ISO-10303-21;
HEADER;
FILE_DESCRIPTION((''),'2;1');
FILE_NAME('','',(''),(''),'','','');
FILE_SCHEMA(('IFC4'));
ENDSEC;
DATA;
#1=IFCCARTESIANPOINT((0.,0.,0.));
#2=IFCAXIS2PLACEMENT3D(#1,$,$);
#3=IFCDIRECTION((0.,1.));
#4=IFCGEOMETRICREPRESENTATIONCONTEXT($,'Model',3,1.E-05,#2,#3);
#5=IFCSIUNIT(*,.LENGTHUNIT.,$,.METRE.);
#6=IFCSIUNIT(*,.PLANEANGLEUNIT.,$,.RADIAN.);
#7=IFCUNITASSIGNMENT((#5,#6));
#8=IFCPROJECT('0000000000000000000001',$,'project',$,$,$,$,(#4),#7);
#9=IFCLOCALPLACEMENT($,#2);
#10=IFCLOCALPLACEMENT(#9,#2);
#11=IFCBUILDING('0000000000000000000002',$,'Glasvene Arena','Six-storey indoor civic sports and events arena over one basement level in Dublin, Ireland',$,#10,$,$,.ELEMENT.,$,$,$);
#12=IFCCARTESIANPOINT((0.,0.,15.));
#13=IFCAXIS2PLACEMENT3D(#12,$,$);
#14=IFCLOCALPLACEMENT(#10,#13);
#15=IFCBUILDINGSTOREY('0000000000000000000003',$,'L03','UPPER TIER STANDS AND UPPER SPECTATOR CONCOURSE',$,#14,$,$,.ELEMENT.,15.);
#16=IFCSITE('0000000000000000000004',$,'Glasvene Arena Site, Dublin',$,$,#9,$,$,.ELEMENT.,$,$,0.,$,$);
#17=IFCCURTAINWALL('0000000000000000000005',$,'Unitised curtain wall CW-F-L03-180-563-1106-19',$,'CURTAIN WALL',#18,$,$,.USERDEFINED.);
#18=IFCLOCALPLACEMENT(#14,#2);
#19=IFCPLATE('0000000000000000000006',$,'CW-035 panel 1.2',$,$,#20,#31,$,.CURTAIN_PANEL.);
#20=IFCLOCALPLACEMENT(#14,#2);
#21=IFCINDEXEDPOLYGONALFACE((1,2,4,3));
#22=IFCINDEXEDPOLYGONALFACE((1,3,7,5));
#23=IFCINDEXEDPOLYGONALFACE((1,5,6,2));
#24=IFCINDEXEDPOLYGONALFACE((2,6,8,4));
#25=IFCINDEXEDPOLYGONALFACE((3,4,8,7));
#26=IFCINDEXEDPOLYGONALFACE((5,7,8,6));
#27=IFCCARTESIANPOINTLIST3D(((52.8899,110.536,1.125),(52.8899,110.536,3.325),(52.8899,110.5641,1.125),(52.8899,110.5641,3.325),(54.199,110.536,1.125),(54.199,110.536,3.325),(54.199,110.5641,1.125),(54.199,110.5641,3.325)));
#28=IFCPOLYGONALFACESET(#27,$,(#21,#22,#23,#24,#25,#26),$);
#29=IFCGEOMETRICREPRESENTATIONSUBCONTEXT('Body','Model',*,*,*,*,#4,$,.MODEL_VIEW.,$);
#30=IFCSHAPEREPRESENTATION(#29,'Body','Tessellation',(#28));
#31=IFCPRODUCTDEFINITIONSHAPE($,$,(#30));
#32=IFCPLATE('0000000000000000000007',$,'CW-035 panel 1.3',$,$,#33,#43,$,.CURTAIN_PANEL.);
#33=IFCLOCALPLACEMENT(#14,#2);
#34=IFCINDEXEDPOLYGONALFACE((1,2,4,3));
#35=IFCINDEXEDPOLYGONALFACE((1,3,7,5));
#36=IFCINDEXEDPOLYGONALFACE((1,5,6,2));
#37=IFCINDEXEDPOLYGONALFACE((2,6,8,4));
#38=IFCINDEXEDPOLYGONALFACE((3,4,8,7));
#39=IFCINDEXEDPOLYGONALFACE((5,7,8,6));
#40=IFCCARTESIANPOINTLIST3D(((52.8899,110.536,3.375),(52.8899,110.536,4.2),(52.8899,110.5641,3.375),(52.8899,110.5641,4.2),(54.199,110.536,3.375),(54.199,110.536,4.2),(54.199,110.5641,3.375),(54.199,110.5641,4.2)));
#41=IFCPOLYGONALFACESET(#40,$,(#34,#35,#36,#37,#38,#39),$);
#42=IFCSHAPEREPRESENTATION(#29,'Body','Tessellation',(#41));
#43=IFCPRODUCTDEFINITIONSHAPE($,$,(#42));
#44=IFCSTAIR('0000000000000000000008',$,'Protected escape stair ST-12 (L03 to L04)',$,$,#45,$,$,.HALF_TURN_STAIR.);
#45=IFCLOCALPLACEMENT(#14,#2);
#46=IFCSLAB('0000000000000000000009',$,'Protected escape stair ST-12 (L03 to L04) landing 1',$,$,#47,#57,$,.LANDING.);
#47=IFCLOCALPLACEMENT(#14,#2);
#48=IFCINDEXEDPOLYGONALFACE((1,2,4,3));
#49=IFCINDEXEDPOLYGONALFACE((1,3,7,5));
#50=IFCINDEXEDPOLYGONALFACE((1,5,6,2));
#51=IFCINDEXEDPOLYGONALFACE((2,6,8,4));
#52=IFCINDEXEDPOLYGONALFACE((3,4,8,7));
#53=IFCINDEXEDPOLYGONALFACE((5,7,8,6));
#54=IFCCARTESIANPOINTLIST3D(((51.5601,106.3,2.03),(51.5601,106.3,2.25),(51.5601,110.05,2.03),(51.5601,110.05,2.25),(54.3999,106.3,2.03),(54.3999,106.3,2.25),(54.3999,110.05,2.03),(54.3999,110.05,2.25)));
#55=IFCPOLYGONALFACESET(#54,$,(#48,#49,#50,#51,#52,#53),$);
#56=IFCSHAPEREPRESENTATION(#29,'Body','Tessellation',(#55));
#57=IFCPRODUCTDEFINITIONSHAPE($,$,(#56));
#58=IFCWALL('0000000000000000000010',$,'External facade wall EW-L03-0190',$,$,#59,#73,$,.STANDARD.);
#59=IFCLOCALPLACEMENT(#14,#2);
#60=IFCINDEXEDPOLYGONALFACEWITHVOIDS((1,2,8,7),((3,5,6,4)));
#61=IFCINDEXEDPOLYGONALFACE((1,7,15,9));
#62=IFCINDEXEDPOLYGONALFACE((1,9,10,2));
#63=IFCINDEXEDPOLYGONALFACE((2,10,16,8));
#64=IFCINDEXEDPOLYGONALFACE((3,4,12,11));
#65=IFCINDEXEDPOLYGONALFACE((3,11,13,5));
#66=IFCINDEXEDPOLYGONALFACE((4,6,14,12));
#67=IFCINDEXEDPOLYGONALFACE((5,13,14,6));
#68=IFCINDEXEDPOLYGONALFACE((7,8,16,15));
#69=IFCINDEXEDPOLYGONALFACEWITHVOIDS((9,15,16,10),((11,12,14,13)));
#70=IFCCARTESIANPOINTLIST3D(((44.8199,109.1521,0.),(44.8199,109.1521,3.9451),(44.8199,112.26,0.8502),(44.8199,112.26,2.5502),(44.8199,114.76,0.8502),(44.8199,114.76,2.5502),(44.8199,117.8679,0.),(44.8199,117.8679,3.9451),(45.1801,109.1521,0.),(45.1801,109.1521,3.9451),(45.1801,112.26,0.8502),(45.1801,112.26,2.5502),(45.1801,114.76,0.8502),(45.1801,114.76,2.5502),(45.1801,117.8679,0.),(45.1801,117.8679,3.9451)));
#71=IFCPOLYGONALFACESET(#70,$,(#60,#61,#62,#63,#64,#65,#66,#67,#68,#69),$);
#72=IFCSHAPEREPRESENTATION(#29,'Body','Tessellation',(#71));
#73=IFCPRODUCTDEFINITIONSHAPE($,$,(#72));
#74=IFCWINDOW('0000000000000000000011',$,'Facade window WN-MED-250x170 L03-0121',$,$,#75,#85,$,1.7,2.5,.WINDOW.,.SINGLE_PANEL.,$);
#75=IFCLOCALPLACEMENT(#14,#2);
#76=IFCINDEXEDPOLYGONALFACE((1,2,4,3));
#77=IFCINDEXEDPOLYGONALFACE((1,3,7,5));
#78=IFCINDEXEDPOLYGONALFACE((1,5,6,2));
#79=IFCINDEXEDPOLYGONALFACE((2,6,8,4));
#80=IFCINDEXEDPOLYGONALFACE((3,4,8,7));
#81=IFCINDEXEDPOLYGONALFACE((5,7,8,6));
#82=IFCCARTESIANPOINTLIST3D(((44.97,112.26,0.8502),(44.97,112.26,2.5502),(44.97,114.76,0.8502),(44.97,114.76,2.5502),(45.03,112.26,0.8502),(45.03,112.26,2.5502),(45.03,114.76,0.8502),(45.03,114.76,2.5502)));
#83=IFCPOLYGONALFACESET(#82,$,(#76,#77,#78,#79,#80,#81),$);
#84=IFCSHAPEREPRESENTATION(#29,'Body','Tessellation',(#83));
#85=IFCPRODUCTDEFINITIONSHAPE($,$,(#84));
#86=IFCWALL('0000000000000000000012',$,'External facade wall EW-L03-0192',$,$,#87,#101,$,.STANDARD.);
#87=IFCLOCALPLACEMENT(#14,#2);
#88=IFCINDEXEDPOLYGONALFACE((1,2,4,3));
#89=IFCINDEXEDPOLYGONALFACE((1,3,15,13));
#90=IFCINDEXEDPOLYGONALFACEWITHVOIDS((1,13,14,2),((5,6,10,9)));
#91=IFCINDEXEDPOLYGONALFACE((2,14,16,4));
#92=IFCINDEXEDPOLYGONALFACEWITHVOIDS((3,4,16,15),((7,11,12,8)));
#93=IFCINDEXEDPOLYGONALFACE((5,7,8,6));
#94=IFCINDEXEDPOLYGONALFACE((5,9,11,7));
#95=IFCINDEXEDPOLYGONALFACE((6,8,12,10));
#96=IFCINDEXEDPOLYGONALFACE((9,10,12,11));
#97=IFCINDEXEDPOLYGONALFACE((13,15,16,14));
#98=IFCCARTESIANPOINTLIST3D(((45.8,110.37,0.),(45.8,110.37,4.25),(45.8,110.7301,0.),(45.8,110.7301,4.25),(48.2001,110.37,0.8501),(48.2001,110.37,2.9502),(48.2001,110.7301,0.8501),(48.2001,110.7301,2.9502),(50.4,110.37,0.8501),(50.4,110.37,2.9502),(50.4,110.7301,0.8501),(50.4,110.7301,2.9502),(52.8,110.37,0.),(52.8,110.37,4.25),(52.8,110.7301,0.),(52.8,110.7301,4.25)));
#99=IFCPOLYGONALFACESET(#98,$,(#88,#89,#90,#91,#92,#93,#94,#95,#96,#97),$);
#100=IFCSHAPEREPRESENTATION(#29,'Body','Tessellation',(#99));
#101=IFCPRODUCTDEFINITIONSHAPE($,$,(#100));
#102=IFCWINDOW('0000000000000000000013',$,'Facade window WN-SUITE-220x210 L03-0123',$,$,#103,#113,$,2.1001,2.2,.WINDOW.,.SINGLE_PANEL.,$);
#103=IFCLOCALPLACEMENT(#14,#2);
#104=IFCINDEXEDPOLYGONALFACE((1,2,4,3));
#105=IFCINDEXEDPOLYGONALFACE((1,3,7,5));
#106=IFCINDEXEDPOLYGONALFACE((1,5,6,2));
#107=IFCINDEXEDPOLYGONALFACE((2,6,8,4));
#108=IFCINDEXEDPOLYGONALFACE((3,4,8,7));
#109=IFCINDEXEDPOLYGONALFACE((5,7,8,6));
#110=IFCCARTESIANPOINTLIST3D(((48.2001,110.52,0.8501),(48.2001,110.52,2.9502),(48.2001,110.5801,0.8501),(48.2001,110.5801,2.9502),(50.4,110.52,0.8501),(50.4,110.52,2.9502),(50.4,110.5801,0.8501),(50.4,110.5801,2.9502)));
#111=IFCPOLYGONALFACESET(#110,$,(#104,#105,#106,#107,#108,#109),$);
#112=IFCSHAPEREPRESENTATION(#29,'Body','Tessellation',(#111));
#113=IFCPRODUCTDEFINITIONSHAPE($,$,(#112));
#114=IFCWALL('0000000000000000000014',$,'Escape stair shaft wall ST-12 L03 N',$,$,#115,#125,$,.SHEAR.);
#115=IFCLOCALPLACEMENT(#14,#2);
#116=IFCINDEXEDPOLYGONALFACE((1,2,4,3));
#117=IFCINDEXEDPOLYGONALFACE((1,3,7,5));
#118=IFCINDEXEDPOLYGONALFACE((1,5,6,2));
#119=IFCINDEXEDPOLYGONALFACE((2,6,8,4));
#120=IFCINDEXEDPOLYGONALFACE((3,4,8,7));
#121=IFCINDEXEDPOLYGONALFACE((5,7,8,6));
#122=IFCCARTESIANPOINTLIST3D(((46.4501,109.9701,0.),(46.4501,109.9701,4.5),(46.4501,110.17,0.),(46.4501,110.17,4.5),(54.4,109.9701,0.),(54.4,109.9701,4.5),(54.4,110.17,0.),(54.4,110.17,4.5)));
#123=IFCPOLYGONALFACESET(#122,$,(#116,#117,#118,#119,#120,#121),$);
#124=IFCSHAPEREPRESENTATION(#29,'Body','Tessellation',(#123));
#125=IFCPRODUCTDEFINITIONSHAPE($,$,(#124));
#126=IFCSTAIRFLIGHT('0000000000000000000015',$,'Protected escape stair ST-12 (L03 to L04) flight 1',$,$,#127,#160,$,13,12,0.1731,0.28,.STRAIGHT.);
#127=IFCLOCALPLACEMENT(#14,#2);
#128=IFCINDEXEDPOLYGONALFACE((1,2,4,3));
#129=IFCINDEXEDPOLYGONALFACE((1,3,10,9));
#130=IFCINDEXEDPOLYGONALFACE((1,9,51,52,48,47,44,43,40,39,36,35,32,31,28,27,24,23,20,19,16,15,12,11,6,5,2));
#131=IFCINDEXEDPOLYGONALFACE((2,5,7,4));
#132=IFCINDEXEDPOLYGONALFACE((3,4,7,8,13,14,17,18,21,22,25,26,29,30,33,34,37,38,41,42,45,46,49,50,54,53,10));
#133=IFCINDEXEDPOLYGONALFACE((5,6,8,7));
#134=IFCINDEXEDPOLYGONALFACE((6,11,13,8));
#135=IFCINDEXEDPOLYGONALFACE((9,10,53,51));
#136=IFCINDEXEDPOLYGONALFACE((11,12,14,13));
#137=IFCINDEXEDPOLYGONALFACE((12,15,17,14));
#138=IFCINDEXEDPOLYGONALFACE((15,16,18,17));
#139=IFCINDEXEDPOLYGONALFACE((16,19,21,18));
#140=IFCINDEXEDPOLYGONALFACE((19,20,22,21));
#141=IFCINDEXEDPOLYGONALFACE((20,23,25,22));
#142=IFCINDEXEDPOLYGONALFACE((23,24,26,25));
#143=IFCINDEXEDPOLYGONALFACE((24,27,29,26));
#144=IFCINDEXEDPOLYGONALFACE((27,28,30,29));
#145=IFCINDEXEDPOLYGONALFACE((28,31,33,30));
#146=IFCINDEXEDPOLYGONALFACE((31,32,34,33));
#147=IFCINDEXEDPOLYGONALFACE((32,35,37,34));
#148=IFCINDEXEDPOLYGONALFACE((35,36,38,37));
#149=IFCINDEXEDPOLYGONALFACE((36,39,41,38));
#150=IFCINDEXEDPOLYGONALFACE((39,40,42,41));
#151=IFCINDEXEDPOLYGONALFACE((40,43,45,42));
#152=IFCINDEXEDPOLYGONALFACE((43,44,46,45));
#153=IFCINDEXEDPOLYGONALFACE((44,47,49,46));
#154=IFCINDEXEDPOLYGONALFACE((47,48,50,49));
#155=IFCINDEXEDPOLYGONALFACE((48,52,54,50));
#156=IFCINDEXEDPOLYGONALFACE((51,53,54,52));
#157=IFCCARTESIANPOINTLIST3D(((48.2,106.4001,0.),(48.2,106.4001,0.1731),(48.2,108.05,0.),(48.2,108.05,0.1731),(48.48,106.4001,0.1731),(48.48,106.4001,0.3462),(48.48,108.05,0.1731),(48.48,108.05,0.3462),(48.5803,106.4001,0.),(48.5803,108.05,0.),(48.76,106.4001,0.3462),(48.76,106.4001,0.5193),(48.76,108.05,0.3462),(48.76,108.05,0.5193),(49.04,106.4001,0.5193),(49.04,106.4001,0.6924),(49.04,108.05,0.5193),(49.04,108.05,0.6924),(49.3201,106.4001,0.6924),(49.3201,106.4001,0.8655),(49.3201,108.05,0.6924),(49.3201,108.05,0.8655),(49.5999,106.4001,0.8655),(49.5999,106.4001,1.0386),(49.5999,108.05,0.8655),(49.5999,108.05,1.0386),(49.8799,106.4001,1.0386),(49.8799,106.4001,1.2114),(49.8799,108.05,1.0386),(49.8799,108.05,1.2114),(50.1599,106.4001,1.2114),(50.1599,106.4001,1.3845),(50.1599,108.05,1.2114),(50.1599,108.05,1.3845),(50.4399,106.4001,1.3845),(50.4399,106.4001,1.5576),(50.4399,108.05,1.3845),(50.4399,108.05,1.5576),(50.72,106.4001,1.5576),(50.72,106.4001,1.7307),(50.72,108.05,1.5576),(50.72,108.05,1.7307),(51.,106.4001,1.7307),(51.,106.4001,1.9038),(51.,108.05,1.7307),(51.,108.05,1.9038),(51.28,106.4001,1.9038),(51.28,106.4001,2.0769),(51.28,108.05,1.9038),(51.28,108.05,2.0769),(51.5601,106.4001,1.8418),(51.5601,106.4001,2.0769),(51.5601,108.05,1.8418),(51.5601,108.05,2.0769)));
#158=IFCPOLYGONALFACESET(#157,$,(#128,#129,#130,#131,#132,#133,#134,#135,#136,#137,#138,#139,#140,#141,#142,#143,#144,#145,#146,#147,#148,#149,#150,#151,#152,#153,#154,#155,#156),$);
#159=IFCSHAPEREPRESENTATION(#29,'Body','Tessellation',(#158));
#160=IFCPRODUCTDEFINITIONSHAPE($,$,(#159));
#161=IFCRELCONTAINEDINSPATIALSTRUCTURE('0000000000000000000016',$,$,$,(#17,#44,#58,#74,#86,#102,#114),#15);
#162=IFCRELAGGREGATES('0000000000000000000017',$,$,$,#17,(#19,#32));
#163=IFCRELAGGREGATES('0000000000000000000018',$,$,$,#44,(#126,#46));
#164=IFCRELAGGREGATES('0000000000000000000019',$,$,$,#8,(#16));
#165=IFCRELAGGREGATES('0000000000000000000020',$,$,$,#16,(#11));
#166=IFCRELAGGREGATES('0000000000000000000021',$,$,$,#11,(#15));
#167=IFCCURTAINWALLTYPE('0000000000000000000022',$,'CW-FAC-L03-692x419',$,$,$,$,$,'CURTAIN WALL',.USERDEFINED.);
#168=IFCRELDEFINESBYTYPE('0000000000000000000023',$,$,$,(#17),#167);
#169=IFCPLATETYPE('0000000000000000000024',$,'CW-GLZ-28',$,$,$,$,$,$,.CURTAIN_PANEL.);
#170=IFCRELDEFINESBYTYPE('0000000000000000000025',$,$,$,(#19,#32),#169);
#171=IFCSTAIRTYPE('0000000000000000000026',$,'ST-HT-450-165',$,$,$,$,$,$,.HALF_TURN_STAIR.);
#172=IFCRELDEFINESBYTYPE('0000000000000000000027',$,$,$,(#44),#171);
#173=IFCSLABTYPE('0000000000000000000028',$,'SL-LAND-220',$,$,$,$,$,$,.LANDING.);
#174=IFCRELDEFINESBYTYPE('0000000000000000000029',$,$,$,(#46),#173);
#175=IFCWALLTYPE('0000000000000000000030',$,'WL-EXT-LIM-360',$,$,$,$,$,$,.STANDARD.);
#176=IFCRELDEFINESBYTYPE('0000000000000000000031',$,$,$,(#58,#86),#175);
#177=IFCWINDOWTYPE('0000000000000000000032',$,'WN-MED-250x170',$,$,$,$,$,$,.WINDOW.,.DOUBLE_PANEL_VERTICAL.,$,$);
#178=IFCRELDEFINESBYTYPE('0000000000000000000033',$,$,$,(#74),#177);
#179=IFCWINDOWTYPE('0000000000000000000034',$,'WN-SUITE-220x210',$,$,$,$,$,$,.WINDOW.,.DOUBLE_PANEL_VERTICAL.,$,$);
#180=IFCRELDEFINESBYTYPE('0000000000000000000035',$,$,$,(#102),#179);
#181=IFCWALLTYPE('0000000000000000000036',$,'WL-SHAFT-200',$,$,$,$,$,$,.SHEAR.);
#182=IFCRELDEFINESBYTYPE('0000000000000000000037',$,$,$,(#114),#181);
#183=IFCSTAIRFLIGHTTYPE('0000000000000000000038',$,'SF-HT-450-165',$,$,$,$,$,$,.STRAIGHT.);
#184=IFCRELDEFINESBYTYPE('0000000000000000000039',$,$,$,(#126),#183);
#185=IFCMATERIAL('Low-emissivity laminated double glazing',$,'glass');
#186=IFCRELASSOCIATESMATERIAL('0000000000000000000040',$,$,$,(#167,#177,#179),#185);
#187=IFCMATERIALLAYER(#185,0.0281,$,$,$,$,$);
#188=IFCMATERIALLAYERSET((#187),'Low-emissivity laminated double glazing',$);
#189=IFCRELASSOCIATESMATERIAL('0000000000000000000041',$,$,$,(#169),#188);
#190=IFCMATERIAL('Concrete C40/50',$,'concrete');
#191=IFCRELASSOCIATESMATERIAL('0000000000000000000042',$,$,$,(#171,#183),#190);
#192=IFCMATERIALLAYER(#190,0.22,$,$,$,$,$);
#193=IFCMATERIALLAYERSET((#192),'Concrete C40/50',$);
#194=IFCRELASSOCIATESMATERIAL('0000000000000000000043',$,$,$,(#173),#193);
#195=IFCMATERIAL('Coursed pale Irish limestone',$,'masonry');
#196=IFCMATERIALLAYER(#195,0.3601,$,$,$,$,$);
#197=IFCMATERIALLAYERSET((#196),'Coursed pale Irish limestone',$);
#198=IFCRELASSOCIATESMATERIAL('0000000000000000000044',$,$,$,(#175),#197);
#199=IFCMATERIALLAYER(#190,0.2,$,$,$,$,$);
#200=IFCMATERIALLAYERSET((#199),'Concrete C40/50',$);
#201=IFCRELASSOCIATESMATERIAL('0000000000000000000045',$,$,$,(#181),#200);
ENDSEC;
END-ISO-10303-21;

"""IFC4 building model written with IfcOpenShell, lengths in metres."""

from ifc_helpers import new_model, si_unit, direction, frame, frame_2d, origin, origin_2d, place, context, subcontext, project, spatial, polyline, rectangle, outline, extrude, material, layer, layer_set, type_object, element, fill, aggregate, save


model = new_model("IFC4")

# Units and contexts
model_context = context("Model", 3, precision=1e-05, world=origin(), true_north=direction((0.0, 1.0)))
body_context = subcontext(model_context, "Body", "Model", "MODEL_VIEW")
ifc_project = project(units=[si_unit("LENGTHUNIT", "METRE"), si_unit("PLANEANGLEUNIT", "RADIAN")], contexts=[model_context])

# Site, building, storey
site_placement = place(None, origin())
site = spatial("IfcSite", under=ifc_project, at=site_placement, Name="Glasvene Arena Site, Dublin", CompositionType="ELEMENT", RefElevation=0.0)
building_placement = place(site_placement, origin())
building = spatial("IfcBuilding", under=site, at=building_placement, Name="Glasvene Arena", Description="Six-storey indoor civic sports and events arena over one basement level in Dublin, Ireland", CompositionType="ELEMENT")
storey_placement = place(building_placement, frame((0.0, 0.0, 15.0)))
storey = spatial("IfcBuildingStorey", under=building, at=storey_placement, Name="L03", Description="UPPER TIER STANDS AND UPPER SPECTATOR CONCOURSE", CompositionType="ELEMENT", Elevation=15.0)

# Curtain wall
ifc_material_1 = material(Name="Low-emissivity laminated double glazing", Category="glass")
curtain_wall_type_1 = type_object("IfcCurtainWallType", Name="CW-FAC-L03-692x419", ElementType="CURTAIN WALL", PredefinedType="USERDEFINED", material=ifc_material_1)
curtain_wall_1_placement = place(storey_placement, frame((52.8401, 110.55, 0.0)))
curtain_wall_1 = element("IfcCurtainWall", 1, at=curtain_wall_1_placement, inside=storey, type_object=curtain_wall_type_1, Name="Unitised curtain wall CW-F-L03-180-563-1106-19", ObjectType="CURTAIN WALL", PredefinedType="USERDEFINED")

# Plates
ifc_layer_1 = layer(ifc_material_1, 0.0281)
ifc_layer_set_1 = layer_set([ifc_layer_1], Name="Low-emissivity laminated double glazing")
plate_type = type_object("IfcPlateType", Name="CW-GLZ-28", PredefinedType="CURTAIN_PANEL", material=ifc_layer_set_1)
plate_1_placement = place(storey_placement, frame((53.5444, 110.55, 1.125), z_axis=(0.0, 0.0, 1.0), x_axis=(1.0, 0.0, 0.0)))
plate_1 = element("IfcPlate", 2, at=plate_1_placement, type_object=plate_type, Name="CW-035 panel 1.2", PredefinedType="CURTAIN_PANEL", context=body_context, shape_type="SweptSolid", body=[
    extrude(rectangle(XDim=1.3091, YDim=0.0281, at=origin_2d()), origin(), (0.0, 0.0, 1.0), 2.2),
])
plate_2_placement = place(storey_placement, frame((53.5444, 110.55, 3.375), z_axis=(0.0, 0.0, 1.0), x_axis=(1.0, 0.0, 0.0)))
plate_2 = element("IfcPlate", 3, at=plate_2_placement, type_object=plate_type, Name="CW-035 panel 1.3", PredefinedType="CURTAIN_PANEL", context=body_context, shape_type="SweptSolid", body=[
    extrude(rectangle(XDim=1.3091, YDim=0.0281, at=origin_2d()), origin(), (0.0, 0.0, 1.0), 0.825),
])
aggregate(curtain_wall_1, [plate_1, plate_2])

# Stair, slab
ifc_material_2 = material(Name="Concrete C40/50", Category="concrete")
stair_type = type_object("IfcStairType", Name="ST-HT-450-165", PredefinedType="HALF_TURN_STAIR", material=ifc_material_2)
stair_placement = place(storey_placement, origin())
stair = element("IfcStair", 4, at=stair_placement, inside=storey, type_object=stair_type, Name="Protected escape stair ST-12 (L03 to L04)", PredefinedType="HALF_TURN_STAIR")
ifc_layer_2 = layer(ifc_material_2, 0.22)
ifc_layer_set_2 = layer_set([ifc_layer_2], Name="Concrete C40/50")
slab_type = type_object("IfcSlabType", Name="SL-LAND-220", PredefinedType="LANDING", material=ifc_layer_set_2)
slab_placement = place(storey_placement, frame((52.98, 108.175, 2.03)))
slab = element("IfcSlab", 5, at=slab_placement, type_object=slab_type, Name="Protected escape stair ST-12 (L03 to L04) landing 1", PredefinedType="LANDING", context=body_context, shape_type="SweptSolid", body=[
    extrude(outline(polyline([(-1.4199, -1.875), (1.4199, -1.875), (1.4199, 1.875), (-1.4199, 1.875), (-1.4199, -1.875)])), origin(), (0.0, 0.0, 1.0), 0.22),
])

# Walls, openings, windows
ifc_material_3 = material(Name="Coursed pale Irish limestone", Category="masonry")
ifc_layer_3 = layer(ifc_material_3, 0.3601)
ifc_layer_set_3 = layer_set([ifc_layer_3], Name="Coursed pale Irish limestone")
wall_type_1 = type_object("IfcWallType", Name="WL-EXT-LIM-360", PredefinedType="STANDARD", material=ifc_layer_set_3)
wall_1_placement = place(storey_placement, frame((45.0, 117.8679, 0.0), z_axis=(0.0, 0.0, 1.0), x_axis=(0.0, -1.0, 0.0)))
wall_1 = element("IfcWall", 6, at=wall_1_placement, inside=storey, type_object=wall_type_1, Name="External facade wall EW-L03-0190", PredefinedType="STANDARD", context=body_context, shape_type="SweptSolid", body=[
    extrude(rectangle(XDim=8.7158, YDim=0.3601, at=frame_2d((4.3579, 0.0))), origin(), (0.0, 0.0, 1.0), 3.9451),
])
opening_1_placement = place(wall_1_placement, frame((3.1079, 0.0, 0.8501)))
opening_1 = element("IfcOpeningElement", 7, at=opening_1_placement, cuts=wall_1, PredefinedType="OPENING", context=body_context, shape_type="SweptSolid", body=[
    extrude(rectangle(XDim=2.5, YDim=1.7, at=frame_2d((1.25, 0.8501))), frame((0.0, 0.1899, 0.0), z_axis=(0.0, -1.0, 0.0), x_axis=(1.0, 0.0, 0.0)), (0.0, 0.0, 1.0), 0.3801),
])
window_type_1 = type_object("IfcWindowType", Name="WN-MED-250x170", PartitioningType="DOUBLE_PANEL_VERTICAL", PredefinedType="WINDOW", material=ifc_material_1)
window_1_placement = place(opening_1_placement, origin())
window_1 = element("IfcWindow", 8, at=window_1_placement, inside=storey, type_object=window_type_1, Name="Facade window WN-MED-250x170 L03-0121", OverallHeight=1.7, OverallWidth=2.5, PartitioningType="SINGLE_PANEL", PredefinedType="WINDOW", context=body_context, shape_type="SweptSolid", body=[
    extrude(rectangle(XDim=2.5, YDim=1.7, at=frame_2d((1.25, 0.8501))), frame((0.0, 0.03, 0.0), z_axis=(0.0, -1.0, 0.0), x_axis=(1.0, 0.0, 0.0)), (0.0, 0.0, 1.0), 0.0601),
])
fill(opening_1, window_1)
wall_2_placement = place(storey_placement, frame((45.8, 110.55, 0.0), z_axis=(0.0, 0.0, 1.0), x_axis=(1.0, 0.0, 0.0)))
wall_2 = element("IfcWall", 9, at=wall_2_placement, inside=storey, type_object=wall_type_1, Name="External facade wall EW-L03-0192", PredefinedType="STANDARD", context=body_context, shape_type="SweptSolid", body=[
    extrude(rectangle(XDim=7.0, YDim=0.3601, at=frame_2d((3.5, 0.0))), origin(), (0.0, 0.0, 1.0), 4.25),
])
opening_2_placement = place(wall_2_placement, frame((2.3999, 0.0, 0.8501)))
opening_2 = element("IfcOpeningElement", 10, at=opening_2_placement, cuts=wall_2, PredefinedType="OPENING", context=body_context, shape_type="SweptSolid", body=[
    extrude(rectangle(XDim=2.2, YDim=2.1001, at=frame_2d((1.1001, 1.05))), frame((0.0, 0.1899, 0.0), z_axis=(0.0, -1.0, 0.0), x_axis=(1.0, 0.0, 0.0)), (0.0, 0.0, 1.0), 0.3801),
])
window_type_2 = type_object("IfcWindowType", Name="WN-SUITE-220x210", PartitioningType="DOUBLE_PANEL_VERTICAL", PredefinedType="WINDOW", material=ifc_material_1)
window_2_placement = place(opening_2_placement, origin())
window_2 = element("IfcWindow", 11, at=window_2_placement, inside=storey, type_object=window_type_2, Name="Facade window WN-SUITE-220x210 L03-0123", OverallHeight=2.1001, OverallWidth=2.2, PartitioningType="SINGLE_PANEL", PredefinedType="WINDOW", context=body_context, shape_type="SweptSolid", body=[
    extrude(rectangle(XDim=2.2, YDim=2.1001, at=frame_2d((1.1001, 1.05))), frame((0.0, 0.03, 0.0), z_axis=(0.0, -1.0, 0.0), x_axis=(1.0, 0.0, 0.0)), (0.0, 0.0, 1.0), 0.0601),
])
fill(opening_2, window_2)

# Wall
ifc_layer_4 = layer(ifc_material_2, 0.2)
ifc_layer_set_4 = layer_set([ifc_layer_4], Name="Concrete C40/50")
wall_type_2 = type_object("IfcWallType", Name="WL-SHAFT-200", PredefinedType="SHEAR", material=ifc_layer_set_4)
wall_3_placement = place(storey_placement, frame((46.45, 110.0701, 0.0), z_axis=(0.0, 0.0, 1.0), x_axis=(1.0, 0.0, 0.0)))
element("IfcWall", 12, at=wall_3_placement, inside=storey, type_object=wall_type_2, Name="Escape stair shaft wall ST-12 L03 N", PredefinedType="SHEAR", context=body_context, shape_type="SweptSolid", body=[
    extrude(rectangle(XDim=7.95, YDim=0.2, at=frame_2d((3.9751, 0.0))), origin(), (0.0, 0.0, 1.0), 4.5),
])

# Stair flight
stair_flight_type = type_object("IfcStairFlightType", Name="SF-HT-450-165", PredefinedType="STRAIGHT", material=ifc_material_2)
stair_flight_1_placement = place(storey_placement, frame((48.2, 107.2251, 0.0), z_axis=(0.0, 0.0, 1.0), x_axis=(1.0, 0.0, 0.0)))
stair_flight_1 = element("IfcStairFlight", 13, at=stair_flight_1_placement, type_object=stair_flight_type, Name="Protected escape stair ST-12 (L03 to L04) flight 1", NumberOfRisers=13, NumberOfTreads=12, PredefinedType="STRAIGHT", RiserHeight=0.1731, TreadLength=0.28, context=body_context, shape_type="SweptSolid", body=[
    extrude(outline(polyline([(0.0, 0.0), (0.0, 0.1731), (0.28, 0.1731), (0.28, 0.3462), (0.5601, 0.3462), (0.5601, 0.5193), (0.8401, 0.5193), (0.8401, 0.6924), (1.1201, 0.6924), (1.1201, 0.8655), (1.3999, 0.8655), (1.3999, 1.0386), (1.6799, 1.0386), (1.6799, 1.2114), (1.96, 1.2114), (1.96, 1.3845), (2.24, 1.3845), (2.24, 1.5576), (2.52, 1.5576), (2.52, 1.7307), (2.8, 1.7307), (2.8, 1.9038), (3.0801, 1.9038), (3.0801, 2.0769), (3.3601, 2.0769), (3.3601, 2.25), (3.3601, 1.8418), (0.3804, 0.0), (0.0, 0.0)])), frame((0.0, 0.825, 0.0), z_axis=(0.0, -1.0, 0.0), x_axis=(1.0, 0.0, 0.0)), (0.0, 0.0, 1.0), 1.6499),
])
aggregate(stair, [stair_flight_1, slab])

save(model, "model.ifc")
